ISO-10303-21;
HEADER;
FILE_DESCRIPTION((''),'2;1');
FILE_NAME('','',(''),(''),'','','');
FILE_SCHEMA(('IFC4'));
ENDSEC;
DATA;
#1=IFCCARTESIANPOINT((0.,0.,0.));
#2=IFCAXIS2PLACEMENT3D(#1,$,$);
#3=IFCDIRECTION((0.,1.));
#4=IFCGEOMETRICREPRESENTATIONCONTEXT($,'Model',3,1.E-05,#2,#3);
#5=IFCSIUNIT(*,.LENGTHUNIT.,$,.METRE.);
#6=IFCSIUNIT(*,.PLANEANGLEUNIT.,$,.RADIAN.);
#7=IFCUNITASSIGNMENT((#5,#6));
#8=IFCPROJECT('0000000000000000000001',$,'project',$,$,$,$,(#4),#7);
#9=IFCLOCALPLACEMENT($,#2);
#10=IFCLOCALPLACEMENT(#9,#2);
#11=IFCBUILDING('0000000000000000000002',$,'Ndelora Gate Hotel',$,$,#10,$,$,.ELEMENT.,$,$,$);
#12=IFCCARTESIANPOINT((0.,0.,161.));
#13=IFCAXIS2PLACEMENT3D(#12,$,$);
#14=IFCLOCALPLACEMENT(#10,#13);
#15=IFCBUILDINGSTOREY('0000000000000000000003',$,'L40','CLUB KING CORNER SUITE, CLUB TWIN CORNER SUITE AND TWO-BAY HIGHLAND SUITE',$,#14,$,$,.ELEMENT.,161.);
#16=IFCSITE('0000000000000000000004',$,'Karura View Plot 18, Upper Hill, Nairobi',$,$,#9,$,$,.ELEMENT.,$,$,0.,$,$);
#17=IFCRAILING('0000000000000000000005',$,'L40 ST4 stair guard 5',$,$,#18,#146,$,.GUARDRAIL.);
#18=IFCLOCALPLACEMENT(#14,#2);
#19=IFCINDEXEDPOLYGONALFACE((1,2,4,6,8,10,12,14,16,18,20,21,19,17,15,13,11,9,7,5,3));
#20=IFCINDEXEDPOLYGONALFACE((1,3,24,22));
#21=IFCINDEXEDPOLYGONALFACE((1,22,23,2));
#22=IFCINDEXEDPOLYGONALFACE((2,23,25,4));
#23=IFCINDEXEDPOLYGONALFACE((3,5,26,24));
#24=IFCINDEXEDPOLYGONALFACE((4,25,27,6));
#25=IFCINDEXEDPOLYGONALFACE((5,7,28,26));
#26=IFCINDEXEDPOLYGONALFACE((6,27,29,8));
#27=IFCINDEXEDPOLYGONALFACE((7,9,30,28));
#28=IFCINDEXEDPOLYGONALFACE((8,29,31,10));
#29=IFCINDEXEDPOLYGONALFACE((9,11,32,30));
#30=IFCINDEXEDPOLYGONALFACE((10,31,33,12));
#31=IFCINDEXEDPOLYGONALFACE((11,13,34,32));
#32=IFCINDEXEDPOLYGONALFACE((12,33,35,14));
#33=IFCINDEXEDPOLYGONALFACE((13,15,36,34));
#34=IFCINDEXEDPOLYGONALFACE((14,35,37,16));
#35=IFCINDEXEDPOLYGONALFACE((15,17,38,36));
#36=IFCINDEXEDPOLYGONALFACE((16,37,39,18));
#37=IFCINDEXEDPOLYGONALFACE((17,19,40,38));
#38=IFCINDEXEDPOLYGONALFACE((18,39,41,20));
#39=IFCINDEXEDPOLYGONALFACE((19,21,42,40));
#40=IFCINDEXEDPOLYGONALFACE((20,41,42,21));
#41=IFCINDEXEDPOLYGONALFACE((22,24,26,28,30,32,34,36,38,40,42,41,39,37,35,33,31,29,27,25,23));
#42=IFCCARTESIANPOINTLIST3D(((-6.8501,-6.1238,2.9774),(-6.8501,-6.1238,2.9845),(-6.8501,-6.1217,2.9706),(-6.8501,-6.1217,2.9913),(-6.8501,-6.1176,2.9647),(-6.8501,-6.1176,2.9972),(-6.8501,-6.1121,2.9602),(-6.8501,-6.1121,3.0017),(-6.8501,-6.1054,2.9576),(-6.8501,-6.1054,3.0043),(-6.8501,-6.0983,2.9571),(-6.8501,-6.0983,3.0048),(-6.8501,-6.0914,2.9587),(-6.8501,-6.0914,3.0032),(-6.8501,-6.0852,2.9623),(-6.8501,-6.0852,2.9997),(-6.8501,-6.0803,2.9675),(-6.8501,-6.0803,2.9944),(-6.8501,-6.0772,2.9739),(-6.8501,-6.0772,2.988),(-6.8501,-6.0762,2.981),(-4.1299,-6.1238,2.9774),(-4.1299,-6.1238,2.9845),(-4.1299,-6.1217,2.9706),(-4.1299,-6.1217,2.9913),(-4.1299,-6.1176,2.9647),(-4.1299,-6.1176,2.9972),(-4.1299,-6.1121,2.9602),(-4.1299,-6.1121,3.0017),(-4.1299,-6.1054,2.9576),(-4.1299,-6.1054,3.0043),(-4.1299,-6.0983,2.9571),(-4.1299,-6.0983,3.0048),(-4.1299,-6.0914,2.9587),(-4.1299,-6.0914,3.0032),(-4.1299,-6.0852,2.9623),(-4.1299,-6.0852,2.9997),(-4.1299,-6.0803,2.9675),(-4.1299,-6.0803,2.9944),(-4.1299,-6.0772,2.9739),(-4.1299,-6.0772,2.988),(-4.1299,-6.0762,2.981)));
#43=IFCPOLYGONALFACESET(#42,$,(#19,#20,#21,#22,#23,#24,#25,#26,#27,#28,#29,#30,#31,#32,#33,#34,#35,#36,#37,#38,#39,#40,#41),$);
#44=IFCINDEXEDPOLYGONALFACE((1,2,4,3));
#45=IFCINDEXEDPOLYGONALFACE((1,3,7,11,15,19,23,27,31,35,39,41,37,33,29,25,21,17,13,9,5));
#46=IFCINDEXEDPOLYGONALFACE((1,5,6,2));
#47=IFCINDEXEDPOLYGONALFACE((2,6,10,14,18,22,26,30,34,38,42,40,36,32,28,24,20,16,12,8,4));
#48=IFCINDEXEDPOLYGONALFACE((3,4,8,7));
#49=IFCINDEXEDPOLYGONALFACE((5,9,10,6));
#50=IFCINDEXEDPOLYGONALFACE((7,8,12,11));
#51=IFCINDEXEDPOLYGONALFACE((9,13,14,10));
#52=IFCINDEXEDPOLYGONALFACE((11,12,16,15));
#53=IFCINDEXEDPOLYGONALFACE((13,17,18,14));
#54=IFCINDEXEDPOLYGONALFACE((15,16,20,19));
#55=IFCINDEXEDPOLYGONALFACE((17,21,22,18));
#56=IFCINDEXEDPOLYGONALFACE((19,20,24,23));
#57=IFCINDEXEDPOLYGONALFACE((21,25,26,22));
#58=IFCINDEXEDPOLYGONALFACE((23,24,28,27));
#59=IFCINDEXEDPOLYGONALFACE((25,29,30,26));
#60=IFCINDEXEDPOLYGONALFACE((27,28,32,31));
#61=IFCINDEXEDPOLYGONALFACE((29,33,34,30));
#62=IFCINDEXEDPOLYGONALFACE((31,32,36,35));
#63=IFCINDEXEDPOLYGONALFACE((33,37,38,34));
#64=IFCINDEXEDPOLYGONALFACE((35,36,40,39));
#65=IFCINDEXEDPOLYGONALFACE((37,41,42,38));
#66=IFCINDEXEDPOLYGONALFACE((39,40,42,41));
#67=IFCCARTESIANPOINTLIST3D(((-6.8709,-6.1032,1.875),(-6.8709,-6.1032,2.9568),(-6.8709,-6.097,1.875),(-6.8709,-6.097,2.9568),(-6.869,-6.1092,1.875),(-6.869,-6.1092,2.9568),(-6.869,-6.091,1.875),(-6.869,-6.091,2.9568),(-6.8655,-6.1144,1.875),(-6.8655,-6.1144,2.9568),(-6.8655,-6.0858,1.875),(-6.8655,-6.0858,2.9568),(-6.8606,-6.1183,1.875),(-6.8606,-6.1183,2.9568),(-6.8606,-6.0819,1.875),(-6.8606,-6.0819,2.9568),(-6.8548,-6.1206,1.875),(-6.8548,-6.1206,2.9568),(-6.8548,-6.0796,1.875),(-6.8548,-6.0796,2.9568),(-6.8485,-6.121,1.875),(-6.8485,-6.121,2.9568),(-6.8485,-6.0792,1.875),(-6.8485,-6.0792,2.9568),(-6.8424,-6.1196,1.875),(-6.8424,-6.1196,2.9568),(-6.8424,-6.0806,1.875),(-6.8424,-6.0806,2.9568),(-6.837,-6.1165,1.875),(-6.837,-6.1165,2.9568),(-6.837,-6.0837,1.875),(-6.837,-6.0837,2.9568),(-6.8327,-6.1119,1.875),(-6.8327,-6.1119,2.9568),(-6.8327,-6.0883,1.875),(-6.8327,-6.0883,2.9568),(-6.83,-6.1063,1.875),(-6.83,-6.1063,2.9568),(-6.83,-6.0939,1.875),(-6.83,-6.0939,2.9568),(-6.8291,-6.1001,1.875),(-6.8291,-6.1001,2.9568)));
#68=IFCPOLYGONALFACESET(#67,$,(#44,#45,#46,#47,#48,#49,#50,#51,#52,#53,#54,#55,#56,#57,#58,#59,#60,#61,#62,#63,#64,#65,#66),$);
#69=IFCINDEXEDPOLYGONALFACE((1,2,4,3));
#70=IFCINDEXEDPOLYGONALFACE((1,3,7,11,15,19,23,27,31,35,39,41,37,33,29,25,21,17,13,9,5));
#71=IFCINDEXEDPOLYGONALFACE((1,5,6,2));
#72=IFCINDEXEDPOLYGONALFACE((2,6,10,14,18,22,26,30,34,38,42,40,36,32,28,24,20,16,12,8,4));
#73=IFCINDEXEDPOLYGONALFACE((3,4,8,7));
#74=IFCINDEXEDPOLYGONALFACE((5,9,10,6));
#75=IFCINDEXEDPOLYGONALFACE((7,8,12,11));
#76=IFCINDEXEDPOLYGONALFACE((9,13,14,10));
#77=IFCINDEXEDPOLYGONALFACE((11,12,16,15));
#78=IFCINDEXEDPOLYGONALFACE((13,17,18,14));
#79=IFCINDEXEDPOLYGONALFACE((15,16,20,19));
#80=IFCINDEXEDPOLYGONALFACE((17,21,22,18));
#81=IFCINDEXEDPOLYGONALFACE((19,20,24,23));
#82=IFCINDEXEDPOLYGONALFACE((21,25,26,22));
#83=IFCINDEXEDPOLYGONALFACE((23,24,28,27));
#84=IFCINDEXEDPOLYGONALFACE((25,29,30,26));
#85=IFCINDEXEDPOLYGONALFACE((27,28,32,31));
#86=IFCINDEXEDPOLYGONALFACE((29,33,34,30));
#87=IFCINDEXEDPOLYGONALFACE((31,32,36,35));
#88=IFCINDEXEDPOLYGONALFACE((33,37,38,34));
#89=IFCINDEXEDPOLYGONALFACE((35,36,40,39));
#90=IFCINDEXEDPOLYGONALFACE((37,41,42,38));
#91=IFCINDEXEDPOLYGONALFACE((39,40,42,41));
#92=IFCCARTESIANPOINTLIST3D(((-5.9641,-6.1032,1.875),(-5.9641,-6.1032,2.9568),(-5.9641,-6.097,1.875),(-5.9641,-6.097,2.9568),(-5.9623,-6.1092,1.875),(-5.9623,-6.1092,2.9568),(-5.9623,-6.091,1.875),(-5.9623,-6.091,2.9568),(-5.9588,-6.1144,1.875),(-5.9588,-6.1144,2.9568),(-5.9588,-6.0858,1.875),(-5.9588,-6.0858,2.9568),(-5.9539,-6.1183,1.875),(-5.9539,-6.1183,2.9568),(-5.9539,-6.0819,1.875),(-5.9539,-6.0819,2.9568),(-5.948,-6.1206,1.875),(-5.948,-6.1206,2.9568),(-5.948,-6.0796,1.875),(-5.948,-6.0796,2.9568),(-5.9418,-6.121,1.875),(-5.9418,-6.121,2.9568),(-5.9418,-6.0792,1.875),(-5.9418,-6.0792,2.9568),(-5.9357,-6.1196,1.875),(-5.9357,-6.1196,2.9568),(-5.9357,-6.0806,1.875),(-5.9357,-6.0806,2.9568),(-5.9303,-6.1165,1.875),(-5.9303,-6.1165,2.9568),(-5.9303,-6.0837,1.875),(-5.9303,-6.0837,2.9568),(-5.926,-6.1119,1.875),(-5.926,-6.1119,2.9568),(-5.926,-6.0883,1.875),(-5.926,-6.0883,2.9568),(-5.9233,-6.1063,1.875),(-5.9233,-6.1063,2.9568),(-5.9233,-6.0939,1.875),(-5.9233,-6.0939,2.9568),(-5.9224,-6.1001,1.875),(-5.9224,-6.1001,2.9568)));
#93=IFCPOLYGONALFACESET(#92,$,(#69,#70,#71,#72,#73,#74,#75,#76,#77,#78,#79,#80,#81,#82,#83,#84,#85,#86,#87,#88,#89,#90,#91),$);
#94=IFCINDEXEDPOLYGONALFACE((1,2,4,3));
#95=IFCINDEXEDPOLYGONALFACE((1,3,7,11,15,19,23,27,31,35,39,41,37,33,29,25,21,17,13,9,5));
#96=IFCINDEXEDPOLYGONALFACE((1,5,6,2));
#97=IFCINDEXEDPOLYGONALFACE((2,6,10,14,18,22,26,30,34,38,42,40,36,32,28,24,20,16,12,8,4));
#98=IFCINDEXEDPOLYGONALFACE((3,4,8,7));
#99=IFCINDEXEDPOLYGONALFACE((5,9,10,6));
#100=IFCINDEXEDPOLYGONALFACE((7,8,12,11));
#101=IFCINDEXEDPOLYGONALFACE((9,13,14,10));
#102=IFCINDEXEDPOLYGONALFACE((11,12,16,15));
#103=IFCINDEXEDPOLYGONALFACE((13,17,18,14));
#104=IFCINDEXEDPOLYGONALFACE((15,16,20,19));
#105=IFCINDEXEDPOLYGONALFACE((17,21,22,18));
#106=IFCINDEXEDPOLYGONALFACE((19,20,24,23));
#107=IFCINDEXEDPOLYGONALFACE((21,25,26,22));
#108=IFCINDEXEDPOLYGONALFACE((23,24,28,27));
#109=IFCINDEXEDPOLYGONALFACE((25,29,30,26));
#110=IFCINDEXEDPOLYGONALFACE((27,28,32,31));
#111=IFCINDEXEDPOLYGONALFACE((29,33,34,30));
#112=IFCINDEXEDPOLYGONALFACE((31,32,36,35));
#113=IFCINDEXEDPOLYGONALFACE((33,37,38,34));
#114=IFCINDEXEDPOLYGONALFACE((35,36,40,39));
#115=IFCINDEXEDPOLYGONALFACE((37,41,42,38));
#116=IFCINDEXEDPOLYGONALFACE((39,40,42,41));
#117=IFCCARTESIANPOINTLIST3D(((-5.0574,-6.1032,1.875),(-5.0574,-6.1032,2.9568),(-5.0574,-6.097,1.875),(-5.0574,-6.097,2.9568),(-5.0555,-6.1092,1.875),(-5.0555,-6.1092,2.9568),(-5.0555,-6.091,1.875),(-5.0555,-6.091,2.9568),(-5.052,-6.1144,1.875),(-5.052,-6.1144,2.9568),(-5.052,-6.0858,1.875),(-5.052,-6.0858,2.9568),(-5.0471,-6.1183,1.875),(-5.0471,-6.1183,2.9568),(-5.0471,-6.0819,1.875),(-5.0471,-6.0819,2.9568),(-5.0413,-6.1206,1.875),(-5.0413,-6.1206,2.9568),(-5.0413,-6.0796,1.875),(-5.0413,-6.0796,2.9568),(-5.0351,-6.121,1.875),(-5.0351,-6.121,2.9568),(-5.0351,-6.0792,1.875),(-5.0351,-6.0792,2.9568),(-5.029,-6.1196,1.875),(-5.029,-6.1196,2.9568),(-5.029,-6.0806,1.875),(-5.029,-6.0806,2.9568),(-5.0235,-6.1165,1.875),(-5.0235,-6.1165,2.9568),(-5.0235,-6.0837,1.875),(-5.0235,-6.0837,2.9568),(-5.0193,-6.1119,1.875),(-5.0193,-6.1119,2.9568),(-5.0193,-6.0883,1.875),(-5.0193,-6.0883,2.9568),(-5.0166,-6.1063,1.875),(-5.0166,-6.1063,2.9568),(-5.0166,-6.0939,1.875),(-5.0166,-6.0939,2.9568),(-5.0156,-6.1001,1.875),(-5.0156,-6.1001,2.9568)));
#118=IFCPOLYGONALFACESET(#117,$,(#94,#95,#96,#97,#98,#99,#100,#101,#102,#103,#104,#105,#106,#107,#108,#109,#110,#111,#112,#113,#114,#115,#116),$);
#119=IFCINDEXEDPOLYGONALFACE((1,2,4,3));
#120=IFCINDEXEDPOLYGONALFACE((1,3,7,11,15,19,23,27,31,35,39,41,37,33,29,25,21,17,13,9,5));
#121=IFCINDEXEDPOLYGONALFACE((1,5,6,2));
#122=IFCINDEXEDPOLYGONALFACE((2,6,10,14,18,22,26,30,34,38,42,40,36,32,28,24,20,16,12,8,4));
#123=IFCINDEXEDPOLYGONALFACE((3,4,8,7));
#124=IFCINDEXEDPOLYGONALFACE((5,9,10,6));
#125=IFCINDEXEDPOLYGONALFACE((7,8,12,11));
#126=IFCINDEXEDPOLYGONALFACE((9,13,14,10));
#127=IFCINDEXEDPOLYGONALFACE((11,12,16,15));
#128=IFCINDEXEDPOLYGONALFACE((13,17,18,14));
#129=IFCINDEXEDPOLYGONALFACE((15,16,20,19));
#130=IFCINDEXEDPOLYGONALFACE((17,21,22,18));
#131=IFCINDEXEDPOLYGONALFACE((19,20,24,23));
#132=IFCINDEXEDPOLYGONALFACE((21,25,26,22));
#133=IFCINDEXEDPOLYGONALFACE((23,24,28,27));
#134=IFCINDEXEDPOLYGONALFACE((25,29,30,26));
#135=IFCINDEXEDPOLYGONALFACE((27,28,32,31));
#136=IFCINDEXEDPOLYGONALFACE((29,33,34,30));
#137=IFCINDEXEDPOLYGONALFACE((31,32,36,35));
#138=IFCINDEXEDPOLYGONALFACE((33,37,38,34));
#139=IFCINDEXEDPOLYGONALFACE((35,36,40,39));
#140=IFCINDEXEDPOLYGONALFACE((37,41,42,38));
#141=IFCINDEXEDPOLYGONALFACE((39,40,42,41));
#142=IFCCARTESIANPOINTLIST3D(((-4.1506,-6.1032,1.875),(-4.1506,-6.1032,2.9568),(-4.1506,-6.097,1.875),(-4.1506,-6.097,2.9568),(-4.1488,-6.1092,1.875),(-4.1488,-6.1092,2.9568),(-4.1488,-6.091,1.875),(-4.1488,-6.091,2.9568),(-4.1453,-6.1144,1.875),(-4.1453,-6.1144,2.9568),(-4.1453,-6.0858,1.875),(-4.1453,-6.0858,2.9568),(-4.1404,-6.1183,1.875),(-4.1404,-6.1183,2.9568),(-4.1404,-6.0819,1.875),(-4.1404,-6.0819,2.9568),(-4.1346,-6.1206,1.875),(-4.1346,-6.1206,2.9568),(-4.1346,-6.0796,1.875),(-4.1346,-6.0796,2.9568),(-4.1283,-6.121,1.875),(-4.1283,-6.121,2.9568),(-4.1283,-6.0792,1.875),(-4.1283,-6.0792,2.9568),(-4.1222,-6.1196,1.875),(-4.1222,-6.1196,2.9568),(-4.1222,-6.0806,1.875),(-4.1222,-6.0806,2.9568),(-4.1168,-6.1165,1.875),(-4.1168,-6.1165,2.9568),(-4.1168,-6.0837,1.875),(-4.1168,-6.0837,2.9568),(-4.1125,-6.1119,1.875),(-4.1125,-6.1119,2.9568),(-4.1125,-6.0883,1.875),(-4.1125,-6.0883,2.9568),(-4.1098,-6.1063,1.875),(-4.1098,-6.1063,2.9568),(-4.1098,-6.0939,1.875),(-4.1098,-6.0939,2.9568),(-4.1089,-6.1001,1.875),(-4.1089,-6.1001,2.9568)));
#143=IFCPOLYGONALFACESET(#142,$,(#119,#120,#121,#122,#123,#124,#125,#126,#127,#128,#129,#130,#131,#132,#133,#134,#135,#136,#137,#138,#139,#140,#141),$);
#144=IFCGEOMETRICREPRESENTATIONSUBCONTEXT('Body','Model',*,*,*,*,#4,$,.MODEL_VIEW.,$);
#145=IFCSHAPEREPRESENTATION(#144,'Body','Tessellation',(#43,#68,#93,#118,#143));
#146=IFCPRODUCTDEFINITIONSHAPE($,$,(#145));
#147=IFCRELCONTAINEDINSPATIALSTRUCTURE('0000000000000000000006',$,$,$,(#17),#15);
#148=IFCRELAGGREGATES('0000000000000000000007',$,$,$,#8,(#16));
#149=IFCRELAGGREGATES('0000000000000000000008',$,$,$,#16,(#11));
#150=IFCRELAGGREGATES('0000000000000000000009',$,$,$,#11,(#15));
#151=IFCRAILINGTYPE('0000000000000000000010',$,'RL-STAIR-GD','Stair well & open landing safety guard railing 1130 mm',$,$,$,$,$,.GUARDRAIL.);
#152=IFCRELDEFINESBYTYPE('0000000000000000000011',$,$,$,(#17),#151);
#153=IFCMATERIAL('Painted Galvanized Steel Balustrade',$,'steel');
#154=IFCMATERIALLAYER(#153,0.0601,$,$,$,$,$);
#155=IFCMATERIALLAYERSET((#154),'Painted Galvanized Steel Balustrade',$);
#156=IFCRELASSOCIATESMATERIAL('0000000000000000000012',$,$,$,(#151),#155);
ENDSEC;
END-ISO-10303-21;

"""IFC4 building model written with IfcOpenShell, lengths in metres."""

from ifc_helpers import new_model, si_unit, direction, frame, origin, origin_2d, place, context, subcontext, project, spatial, circle, extrude, material, layer, layer_set, type_object, element, save


model = new_model("IFC4")

# Units and contexts
model_context = context("Model", 3, precision=1e-05, world=origin(), true_north=direction((0.0, 1.0)))
body_context = subcontext(model_context, "Body", "Model", "MODEL_VIEW")
ifc_project = project(units=[si_unit("LENGTHUNIT", "METRE"), si_unit("PLANEANGLEUNIT", "RADIAN")], contexts=[model_context])

# Site, building, storey
site_placement = place(None, origin())
site = spatial("IfcSite", under=ifc_project, at=site_placement, Name="Karura View Plot 18, Upper Hill, Nairobi", CompositionType="ELEMENT", RefElevation=0.0)
building_placement = place(site_placement, origin())
building = spatial("IfcBuilding", under=site, at=building_placement, Name="Ndelora Gate Hotel", CompositionType="ELEMENT")
storey_placement = place(building_placement, frame((0.0, 0.0, 161.0)))
storey = spatial("IfcBuildingStorey", under=building, at=storey_placement, Name="L40", Description="CLUB KING CORNER SUITE, CLUB TWIN CORNER SUITE AND TWO-BAY HIGHLAND SUITE", CompositionType="ELEMENT", Elevation=161.0)

# Railing
ifc_material_1 = material(Name="Painted Galvanized Steel Balustrade", Category="steel")
ifc_layer_1 = layer(ifc_material_1, 0.0601)
ifc_layer_set_1 = layer_set([ifc_layer_1], Name="Painted Galvanized Steel Balustrade")
railing_type_1 = type_object("IfcRailingType", Name="RL-STAIR-GD", Description="Stair well & open landing safety guard railing 1130 mm", PredefinedType="GUARDRAIL", material=ifc_layer_set_1)
railing_1_placement = place(storey_placement, frame((-6.8501, -6.1001, 1.875)))
element("IfcRailing", 1, at=railing_1_placement, inside=storey, type_object=railing_type_1, Name="L40 ST4 stair guard 5", PredefinedType="GUARDRAIL", context=body_context, shape_type="SweptSolid", body=[
    extrude(circle(Radius=0.0239, at=origin_2d()), frame((0.0, 0.0, 1.106), z_axis=(1.0, 0.0, 0.0), x_axis=(0.0, 1.0, 0.0)), (0.0, 0.0, 1.0), 2.7202),
    extrude(circle(Radius=0.021, at=origin_2d()), origin(), (0.0, 0.0, 1.0), 1.0818),
    extrude(circle(Radius=0.021, at=origin_2d()), frame((0.9067, 0.0, 0.0)), (0.0, 0.0, 1.0), 1.0818),
    extrude(circle(Radius=0.021, at=origin_2d()), frame((1.8135, 0.0, 0.0)), (0.0, 0.0, 1.0), 1.0818),
    extrude(circle(Radius=0.021, at=origin_2d()), frame((2.7202, 0.0, 0.0)), (0.0, 0.0, 1.0), 1.0818),
])

save(model, "model.ifc")
